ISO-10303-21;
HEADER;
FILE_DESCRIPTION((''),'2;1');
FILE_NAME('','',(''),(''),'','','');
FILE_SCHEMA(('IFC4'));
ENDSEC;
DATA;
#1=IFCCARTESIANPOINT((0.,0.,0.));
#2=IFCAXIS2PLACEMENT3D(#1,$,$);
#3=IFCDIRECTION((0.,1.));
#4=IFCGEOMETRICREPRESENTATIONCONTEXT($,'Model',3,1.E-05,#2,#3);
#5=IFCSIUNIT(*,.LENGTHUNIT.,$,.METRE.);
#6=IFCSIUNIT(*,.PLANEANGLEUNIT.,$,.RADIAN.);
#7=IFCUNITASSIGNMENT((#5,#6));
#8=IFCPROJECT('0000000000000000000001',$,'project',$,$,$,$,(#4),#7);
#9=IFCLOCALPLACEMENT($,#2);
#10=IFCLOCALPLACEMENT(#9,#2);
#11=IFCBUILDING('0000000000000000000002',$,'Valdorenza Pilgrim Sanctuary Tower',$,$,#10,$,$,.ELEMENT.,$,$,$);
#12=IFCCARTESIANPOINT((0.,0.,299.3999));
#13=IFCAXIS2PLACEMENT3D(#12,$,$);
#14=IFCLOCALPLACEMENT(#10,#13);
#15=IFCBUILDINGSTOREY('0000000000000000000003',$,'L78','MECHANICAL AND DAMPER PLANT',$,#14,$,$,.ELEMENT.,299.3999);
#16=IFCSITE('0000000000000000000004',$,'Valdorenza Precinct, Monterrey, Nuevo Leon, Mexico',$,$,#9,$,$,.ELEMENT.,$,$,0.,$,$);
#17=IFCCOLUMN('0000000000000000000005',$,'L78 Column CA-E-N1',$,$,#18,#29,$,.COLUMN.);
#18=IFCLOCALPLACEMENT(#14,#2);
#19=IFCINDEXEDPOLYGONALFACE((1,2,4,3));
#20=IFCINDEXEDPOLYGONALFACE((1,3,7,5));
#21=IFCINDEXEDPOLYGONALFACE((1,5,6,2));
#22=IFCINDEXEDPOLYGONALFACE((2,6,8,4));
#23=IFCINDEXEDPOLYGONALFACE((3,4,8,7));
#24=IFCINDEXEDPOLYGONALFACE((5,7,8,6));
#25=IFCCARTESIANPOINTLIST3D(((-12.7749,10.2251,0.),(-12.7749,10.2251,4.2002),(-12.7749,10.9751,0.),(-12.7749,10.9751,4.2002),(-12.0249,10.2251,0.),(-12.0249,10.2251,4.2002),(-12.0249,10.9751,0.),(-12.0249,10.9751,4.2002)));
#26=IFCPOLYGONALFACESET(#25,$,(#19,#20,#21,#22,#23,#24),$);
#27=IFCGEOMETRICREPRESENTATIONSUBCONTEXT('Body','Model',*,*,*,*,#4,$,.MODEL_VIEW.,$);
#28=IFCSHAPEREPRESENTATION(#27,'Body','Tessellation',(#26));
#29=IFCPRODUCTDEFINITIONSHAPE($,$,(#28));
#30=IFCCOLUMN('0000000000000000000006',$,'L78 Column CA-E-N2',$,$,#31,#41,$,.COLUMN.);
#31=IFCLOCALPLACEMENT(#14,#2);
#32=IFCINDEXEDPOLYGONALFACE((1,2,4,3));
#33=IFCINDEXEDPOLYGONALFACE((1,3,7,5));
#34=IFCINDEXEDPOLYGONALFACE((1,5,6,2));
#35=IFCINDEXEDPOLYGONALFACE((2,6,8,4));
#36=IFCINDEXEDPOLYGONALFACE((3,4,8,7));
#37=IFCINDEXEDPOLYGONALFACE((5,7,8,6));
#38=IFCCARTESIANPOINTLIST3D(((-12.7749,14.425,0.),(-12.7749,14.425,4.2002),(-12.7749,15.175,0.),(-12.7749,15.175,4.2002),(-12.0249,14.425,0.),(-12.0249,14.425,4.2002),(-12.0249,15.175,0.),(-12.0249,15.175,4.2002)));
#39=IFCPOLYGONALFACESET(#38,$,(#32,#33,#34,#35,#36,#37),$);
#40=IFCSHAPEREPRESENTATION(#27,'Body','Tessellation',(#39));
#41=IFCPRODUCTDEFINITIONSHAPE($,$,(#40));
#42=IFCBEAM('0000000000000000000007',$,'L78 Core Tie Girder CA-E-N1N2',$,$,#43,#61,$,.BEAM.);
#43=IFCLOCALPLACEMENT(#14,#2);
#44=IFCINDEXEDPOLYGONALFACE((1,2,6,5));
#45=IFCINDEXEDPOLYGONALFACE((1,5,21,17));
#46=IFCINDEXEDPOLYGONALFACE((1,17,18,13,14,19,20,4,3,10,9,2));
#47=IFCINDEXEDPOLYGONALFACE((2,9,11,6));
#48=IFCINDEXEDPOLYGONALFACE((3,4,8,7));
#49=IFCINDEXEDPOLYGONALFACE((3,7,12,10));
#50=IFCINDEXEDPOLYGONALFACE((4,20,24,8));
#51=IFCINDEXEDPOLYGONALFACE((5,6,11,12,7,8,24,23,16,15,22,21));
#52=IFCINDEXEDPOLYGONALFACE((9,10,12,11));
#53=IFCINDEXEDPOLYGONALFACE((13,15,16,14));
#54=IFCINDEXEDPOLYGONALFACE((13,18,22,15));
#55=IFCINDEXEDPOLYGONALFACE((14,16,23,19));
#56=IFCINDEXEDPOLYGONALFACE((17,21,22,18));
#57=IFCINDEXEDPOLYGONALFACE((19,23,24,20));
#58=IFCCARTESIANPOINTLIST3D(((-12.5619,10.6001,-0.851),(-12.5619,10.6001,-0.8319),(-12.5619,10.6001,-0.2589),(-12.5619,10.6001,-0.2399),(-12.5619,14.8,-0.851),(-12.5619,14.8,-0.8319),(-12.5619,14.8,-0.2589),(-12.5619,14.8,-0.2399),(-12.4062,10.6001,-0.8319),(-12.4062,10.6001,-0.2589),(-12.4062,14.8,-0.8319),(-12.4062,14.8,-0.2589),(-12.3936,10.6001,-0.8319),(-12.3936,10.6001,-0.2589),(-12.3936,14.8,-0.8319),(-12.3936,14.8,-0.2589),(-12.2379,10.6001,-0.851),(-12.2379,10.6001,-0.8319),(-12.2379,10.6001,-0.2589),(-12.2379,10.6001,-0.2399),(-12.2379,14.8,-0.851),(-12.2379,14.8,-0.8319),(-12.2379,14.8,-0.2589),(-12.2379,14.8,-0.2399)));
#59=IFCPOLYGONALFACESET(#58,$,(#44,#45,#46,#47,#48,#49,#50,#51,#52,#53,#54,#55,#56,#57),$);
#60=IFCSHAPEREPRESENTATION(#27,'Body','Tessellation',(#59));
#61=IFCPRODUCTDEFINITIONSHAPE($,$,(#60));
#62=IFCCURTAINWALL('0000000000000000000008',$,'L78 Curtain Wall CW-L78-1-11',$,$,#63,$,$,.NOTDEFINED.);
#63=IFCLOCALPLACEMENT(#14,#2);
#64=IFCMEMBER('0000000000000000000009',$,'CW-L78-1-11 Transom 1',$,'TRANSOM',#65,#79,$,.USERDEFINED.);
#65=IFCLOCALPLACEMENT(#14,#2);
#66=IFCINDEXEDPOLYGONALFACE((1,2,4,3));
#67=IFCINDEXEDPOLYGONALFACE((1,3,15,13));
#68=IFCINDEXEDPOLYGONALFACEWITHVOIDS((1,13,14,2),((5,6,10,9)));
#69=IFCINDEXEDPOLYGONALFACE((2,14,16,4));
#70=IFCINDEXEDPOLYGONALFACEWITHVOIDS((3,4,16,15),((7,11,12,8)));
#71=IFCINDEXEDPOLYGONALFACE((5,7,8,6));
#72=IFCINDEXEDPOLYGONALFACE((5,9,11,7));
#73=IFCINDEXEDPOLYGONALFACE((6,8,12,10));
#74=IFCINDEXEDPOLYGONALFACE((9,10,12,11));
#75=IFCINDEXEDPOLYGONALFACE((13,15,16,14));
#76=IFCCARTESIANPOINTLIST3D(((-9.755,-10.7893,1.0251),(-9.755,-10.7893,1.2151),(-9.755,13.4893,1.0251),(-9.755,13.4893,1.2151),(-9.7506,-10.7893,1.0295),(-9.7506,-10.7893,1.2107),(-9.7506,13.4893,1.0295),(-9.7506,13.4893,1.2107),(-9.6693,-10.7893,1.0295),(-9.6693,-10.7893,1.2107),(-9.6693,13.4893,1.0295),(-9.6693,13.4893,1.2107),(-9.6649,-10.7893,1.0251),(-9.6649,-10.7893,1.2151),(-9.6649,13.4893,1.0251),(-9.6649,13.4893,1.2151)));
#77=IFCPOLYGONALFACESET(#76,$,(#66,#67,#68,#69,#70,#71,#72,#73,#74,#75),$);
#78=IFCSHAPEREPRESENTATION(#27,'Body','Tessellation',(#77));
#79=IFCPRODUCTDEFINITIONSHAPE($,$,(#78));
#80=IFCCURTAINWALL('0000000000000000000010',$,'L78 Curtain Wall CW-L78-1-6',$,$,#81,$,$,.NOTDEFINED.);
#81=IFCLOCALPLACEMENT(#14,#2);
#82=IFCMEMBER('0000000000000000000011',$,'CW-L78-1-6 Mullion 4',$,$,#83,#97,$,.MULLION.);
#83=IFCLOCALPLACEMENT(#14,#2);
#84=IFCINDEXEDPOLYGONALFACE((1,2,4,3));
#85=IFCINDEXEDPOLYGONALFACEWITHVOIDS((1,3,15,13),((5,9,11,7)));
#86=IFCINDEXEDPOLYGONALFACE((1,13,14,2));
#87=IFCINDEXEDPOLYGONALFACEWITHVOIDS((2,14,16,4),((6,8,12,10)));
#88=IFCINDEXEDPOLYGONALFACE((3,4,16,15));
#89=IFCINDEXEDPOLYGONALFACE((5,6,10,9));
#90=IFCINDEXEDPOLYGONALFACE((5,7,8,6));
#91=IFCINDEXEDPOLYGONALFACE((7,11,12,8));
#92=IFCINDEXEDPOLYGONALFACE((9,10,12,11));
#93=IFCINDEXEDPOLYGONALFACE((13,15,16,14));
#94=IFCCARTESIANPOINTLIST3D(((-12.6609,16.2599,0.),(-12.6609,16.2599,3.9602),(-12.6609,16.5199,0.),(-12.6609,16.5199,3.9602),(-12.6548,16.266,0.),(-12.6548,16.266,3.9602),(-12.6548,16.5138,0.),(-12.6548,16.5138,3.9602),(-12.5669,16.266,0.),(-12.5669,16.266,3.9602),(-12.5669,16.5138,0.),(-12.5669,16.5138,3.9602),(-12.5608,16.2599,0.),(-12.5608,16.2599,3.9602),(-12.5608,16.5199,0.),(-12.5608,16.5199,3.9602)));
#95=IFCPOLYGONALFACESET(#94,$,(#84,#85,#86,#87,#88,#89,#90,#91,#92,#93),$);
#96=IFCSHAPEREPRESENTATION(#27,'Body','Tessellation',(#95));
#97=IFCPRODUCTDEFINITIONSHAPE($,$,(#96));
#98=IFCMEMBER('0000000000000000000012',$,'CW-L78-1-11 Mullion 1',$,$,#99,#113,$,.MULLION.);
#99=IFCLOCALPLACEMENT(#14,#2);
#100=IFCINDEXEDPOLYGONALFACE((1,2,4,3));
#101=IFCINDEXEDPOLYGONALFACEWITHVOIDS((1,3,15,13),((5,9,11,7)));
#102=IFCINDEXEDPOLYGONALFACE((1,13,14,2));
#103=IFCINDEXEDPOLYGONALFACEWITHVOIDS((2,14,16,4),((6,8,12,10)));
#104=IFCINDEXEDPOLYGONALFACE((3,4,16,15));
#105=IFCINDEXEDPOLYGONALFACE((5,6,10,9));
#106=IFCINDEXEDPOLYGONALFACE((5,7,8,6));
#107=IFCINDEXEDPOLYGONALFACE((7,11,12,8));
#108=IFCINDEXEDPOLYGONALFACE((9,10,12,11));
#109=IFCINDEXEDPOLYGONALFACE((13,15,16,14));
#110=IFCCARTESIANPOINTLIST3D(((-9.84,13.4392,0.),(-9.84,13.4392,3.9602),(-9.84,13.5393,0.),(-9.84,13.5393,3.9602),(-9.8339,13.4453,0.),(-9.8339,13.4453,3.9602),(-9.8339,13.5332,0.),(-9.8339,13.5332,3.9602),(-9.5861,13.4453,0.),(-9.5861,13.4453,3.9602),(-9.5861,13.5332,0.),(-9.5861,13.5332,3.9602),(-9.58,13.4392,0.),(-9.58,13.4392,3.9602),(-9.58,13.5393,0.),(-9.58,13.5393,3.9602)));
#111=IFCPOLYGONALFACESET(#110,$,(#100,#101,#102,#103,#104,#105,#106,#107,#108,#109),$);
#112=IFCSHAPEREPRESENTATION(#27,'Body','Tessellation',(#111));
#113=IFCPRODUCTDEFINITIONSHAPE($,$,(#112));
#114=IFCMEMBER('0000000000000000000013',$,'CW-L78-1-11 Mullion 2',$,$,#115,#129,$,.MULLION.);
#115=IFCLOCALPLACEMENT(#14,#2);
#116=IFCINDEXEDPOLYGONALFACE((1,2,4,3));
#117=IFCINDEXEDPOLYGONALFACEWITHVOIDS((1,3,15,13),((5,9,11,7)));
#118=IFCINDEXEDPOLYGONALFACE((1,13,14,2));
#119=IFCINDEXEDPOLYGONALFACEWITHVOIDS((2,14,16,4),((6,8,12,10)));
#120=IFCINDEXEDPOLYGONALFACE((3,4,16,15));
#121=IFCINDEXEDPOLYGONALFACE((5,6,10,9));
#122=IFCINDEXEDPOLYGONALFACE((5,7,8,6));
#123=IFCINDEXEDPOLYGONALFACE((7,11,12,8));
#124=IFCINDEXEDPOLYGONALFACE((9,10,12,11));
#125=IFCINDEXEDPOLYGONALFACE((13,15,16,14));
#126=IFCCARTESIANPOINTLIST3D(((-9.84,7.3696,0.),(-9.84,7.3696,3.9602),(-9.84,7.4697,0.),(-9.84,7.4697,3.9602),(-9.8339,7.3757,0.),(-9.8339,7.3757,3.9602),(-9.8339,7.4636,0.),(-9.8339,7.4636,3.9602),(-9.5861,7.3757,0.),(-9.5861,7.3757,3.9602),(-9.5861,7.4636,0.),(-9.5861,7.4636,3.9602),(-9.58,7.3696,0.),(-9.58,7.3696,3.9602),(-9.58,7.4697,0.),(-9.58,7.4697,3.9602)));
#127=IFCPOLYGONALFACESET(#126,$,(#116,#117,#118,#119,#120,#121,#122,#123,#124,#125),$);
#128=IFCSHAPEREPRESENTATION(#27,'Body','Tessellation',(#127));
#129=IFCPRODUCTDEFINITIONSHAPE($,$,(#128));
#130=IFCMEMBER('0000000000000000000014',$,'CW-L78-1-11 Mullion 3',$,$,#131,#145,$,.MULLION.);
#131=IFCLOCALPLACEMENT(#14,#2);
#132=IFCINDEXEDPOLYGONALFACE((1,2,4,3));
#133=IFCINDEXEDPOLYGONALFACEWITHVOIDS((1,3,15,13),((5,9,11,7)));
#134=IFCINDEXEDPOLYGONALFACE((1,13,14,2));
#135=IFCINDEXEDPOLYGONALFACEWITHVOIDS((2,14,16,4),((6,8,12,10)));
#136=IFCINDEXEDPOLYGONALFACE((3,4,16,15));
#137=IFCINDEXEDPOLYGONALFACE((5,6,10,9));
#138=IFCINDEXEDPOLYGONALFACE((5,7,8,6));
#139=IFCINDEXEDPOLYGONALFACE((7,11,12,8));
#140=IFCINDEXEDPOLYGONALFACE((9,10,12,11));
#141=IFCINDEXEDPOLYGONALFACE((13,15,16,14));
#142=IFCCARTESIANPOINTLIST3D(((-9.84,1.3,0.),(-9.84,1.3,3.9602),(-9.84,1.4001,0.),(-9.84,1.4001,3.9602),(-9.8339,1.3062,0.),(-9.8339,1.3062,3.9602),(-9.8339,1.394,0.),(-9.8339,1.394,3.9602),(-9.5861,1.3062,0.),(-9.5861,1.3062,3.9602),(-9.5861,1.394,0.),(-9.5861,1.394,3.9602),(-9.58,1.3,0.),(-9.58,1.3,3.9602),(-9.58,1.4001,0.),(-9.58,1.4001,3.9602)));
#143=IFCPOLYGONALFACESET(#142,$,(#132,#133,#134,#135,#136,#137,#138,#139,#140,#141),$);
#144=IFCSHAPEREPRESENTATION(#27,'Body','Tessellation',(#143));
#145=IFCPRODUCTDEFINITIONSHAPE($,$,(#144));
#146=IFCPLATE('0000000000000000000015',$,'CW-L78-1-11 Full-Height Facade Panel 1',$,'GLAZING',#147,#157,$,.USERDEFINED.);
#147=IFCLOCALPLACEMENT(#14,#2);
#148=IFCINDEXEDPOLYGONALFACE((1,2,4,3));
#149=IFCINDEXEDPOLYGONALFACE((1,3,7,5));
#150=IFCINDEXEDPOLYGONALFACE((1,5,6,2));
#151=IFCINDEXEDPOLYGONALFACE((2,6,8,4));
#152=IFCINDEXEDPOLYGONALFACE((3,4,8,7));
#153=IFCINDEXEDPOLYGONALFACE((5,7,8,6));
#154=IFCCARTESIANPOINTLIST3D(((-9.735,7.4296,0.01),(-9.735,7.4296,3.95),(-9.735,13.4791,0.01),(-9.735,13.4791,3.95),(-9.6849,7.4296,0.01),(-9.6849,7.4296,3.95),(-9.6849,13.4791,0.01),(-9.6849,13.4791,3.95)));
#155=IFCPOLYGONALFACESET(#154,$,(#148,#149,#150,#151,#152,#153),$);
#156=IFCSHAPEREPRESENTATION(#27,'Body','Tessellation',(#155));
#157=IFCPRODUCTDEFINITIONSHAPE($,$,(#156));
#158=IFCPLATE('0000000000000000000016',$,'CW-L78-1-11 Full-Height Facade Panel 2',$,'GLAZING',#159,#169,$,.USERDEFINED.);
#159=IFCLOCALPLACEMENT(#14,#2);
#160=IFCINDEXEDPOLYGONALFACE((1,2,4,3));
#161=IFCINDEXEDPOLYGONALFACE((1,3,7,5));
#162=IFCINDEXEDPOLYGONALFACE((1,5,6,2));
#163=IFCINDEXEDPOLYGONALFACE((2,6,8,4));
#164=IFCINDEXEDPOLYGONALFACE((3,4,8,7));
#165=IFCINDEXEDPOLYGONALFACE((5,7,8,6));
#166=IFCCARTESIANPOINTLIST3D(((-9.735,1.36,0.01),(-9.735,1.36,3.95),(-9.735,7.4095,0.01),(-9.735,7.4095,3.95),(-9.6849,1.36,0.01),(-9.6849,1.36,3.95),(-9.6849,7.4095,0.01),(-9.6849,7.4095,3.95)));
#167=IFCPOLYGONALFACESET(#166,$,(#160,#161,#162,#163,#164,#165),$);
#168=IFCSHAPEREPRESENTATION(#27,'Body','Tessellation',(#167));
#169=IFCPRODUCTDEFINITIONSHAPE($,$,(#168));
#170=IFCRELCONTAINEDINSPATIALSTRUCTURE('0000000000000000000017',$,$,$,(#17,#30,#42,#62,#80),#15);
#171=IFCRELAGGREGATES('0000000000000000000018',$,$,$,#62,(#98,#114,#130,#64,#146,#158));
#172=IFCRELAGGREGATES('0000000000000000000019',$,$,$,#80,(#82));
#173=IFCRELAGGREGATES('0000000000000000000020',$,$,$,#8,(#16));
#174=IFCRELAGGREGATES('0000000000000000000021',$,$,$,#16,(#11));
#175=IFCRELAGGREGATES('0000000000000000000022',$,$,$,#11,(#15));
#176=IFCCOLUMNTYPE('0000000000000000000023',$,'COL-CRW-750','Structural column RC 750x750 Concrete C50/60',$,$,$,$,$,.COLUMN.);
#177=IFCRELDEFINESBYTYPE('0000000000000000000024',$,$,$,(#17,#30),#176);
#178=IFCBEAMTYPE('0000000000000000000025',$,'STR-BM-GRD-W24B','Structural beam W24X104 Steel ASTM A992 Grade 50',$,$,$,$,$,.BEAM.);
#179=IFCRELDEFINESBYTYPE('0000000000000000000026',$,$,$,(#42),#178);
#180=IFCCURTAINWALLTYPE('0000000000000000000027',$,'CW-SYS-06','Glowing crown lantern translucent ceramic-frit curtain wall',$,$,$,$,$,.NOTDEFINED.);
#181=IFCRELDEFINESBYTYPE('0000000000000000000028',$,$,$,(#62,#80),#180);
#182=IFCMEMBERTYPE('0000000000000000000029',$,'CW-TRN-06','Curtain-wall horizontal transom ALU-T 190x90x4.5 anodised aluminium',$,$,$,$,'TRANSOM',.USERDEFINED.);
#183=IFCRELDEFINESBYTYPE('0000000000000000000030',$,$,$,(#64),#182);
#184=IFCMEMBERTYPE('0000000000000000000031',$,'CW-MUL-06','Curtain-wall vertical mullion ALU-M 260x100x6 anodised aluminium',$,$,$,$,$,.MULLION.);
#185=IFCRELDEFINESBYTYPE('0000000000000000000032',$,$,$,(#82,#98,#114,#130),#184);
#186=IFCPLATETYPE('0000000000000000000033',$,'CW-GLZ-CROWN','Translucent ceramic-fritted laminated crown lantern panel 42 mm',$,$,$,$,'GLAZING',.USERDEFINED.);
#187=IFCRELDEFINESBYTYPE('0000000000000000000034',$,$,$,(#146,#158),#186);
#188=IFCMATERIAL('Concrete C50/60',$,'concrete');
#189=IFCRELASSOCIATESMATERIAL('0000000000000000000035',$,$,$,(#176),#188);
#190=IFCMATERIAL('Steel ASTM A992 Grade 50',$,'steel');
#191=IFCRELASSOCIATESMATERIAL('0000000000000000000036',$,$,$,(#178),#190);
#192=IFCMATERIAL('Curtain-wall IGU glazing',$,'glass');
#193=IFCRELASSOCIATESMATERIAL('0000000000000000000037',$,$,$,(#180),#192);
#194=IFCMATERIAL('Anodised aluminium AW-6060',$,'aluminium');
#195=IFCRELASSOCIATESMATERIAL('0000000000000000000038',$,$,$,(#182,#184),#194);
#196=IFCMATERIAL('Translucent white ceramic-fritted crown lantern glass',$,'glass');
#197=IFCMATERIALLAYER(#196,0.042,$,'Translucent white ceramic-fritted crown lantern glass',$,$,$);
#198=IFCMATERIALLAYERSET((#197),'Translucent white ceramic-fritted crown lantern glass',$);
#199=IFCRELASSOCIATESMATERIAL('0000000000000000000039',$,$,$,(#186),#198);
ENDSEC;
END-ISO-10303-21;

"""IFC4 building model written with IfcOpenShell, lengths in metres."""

from ifc_helpers import new_model, si_unit, direction, frame, origin, origin_2d, place, context, subcontext, project, spatial, rectangle, hollow_rectangle, i_section, extrude, source, transform, mapped, material, layer, layer_set, material_profile, profile_set, type_object, element, aggregate, save


model = new_model("IFC4")

# Units and contexts
model_context = context("Model", 3, precision=1e-05, world=origin(), true_north=direction((0.0, 1.0)))
body_context = subcontext(model_context, "Body", "Model", "MODEL_VIEW")
ifc_project = project(units=[si_unit("LENGTHUNIT", "METRE"), si_unit("PLANEANGLEUNIT", "RADIAN")], contexts=[model_context])

# Site, building, storey
site_placement = place(None, origin())
site = spatial("IfcSite", under=ifc_project, at=site_placement, Name="Valdorenza Precinct, Monterrey, Nuevo Leon, Mexico", CompositionType="ELEMENT", RefElevation=0.0)
building_placement = place(site_placement, origin())
building = spatial("IfcBuilding", under=site, at=building_placement, Name="Valdorenza Pilgrim Sanctuary Tower", CompositionType="ELEMENT")
storey_placement = place(building_placement, frame((0.0, 0.0, 299.3999)))
storey = spatial("IfcBuildingStorey", under=building, at=storey_placement, Name="L78", Description="MECHANICAL AND DAMPER PLANT", CompositionType="ELEMENT", Elevation=299.3999)

# Columns
ifc_material_1 = material(Name="Concrete C50/60", Category="concrete")
ifc_material_profile_1 = material_profile(ifc_material_1, rectangle(XDim=0.75, YDim=0.75, at=origin_2d()), Name="RC 750x750")
ifc_profile_set_1 = profile_set([ifc_material_profile_1], Name="Concrete C50/60")
column_type = type_object("IfcColumnType", Name="COL-CRW-750", Description="Structural column RC 750x750 Concrete C50/60", PredefinedType="COLUMN", material=ifc_profile_set_1)
shared_shape_1 = source(origin(), body_context, "Body", "SweptSolid", [
    extrude(rectangle(XDim=0.75, YDim=0.75, at=origin_2d()), origin(), (0.0, 0.0, 1.0), 4.2002),
])
for number, where, z_axis, x_axis, name in (
    (1, (-12.3999, 10.6001, 0.0), (0.0, 0.0, 1.0), (1.0, 0.0, 0.0), "L78 Column CA-E-N1"),
    (2, (-12.3999, 14.8, 0.0), (0.0, 0.0, 1.0), (1.0, 0.0, 0.0), "L78 Column CA-E-N2"),
):
    element("IfcColumn", number, at=place(storey_placement, frame(where, z_axis=z_axis, x_axis=x_axis)), inside=storey, type_object=column_type, Name=name, PredefinedType="COLUMN", context=body_context, shape_type="MappedRepresentation", body=[
        mapped(shared_shape_1, transform((0.0, 0.0, 0.0), x_axis=(1.0, 0.0, 0.0), y_axis=(0.0, 1.0, 0.0), z_axis=(0.0, 0.0, 1.0), scale=1.0)),
    ])

# Beam
ifc_material_2 = material(Name="Steel ASTM A992 Grade 50", Category="steel")
ifc_material_profile_2 = material_profile(ifc_material_2, i_section(OverallWidth=0.324, OverallDepth=0.6111, WebThickness=0.0127, FlangeThickness=0.019, at=origin_2d()), Name="W24X104")
ifc_profile_set_2 = profile_set([ifc_material_profile_2], Name="Steel ASTM A992 Grade 50")
beam_type = type_object("IfcBeamType", Name="STR-BM-GRD-W24B", Description="Structural beam W24X104 Steel ASTM A992 Grade 50", PredefinedType="BEAM", material=ifc_profile_set_2)
shared_shape_2 = source(origin(), body_context, "Body", "SweptSolid", [
    extrude(i_section(OverallWidth=0.324, OverallDepth=0.6111, WebThickness=0.0127, FlangeThickness=0.019, at=origin_2d()), origin(), (0.0, 0.0, 1.0), 4.2),
])
beam_placement = place(storey_placement, frame((-12.3999, 10.6001, -0.5454), z_axis=(0.0, 1.0, 0.0), x_axis=(-1.0, 0.0, 0.0)))
element("IfcBeam", 3, at=beam_placement, inside=storey, type_object=beam_type, Name="L78 Core Tie Girder CA-E-N1N2", PredefinedType="BEAM", context=body_context, shape_type="MappedRepresentation", body=[
    mapped(shared_shape_2, transform((0.0, 0.0, 0.0), x_axis=(1.0, 0.0, 0.0), y_axis=(0.0, 1.0, 0.0), z_axis=(0.0, 0.0, 1.0), scale=1.0)),
])

# Curtain walls, members
ifc_material_3 = material(Name="Curtain-wall IGU glazing", Category="glass")
curtain_wall_type = type_object("IfcCurtainWallType", Name="CW-SYS-06", Description="Glowing crown lantern translucent ceramic-frit curtain wall", PredefinedType="NOTDEFINED", material=ifc_material_3)
curtain_wall_1_placement = place(storey_placement, origin())
curtain_wall_1 = element("IfcCurtainWall", 4, at=curtain_wall_1_placement, inside=storey, type_object=curtain_wall_type, Name="L78 Curtain Wall CW-L78-1-11", PredefinedType="NOTDEFINED")
ifc_material_4 = material(Name="Anodised aluminium AW-6060", Category="aluminium")
ifc_material_profile_3 = material_profile(ifc_material_4, hollow_rectangle(XDim=0.0901, YDim=0.1899, WallThickness=0.0044, at=origin_2d()), Name="ALU-T 190x90x4.5")
ifc_profile_set_3 = profile_set([ifc_material_profile_3], Name="Anodised aluminium AW-6060")
member_type_1 = type_object("IfcMemberType", Name="CW-TRN-06", Description="Curtain-wall horizontal transom ALU-T 190x90x4.5 anodised aluminium", ElementType="TRANSOM", PredefinedType="USERDEFINED", material=ifc_profile_set_3)
shared_shape_3 = source(origin(), body_context, "Body", "SweptSolid", [
    extrude(hollow_rectangle(XDim=0.0901, YDim=0.1899, WallThickness=0.0044, at=origin_2d()), origin(), (0.0, 0.0, 1.0), 24.2786),
])
member_1_placement = place(storey_placement, frame((-9.71, 13.4893, 1.1201), z_axis=(0.0, -1.0, 0.0), x_axis=(1.0, 0.0, 0.0)))
member_1 = element("IfcMember", 5, at=member_1_placement, type_object=member_type_1, Name="CW-L78-1-11 Transom 1", ObjectType="TRANSOM", PredefinedType="USERDEFINED", context=body_context, shape_type="MappedRepresentation", body=[
    mapped(shared_shape_3, transform((0.0, 0.0, 0.0), x_axis=(1.0, 0.0, 0.0), y_axis=(0.0, 1.0, 0.0), z_axis=(0.0, 0.0, 1.0), scale=1.0)),
])
curtain_wall_2_placement = place(storey_placement, origin())
curtain_wall_2 = element("IfcCurtainWall", 6, at=curtain_wall_2_placement, inside=storey, type_object=curtain_wall_type, Name="L78 Curtain Wall CW-L78-1-6", PredefinedType="NOTDEFINED")
ifc_material_profile_4 = material_profile(ifc_material_4, hollow_rectangle(XDim=0.1001, YDim=0.26, WallThickness=0.0061, at=origin_2d()), Name="ALU-M 260x100x6")
ifc_profile_set_4 = profile_set([ifc_material_profile_4], Name="Anodised aluminium AW-6060")
member_type_2 = type_object("IfcMemberType", Name="CW-MUL-06", Description="Curtain-wall vertical mullion ALU-M 260x100x6 anodised aluminium", PredefinedType="MULLION", material=ifc_profile_set_4)
shared_shape_4 = source(origin(), body_context, "Body", "SweptSolid", [
    extrude(hollow_rectangle(XDim=0.1001, YDim=0.26, WallThickness=0.0061, at=origin_2d()), origin(), (0.0, 0.0, 1.0), 3.9602),
])
member_2_placement = place(storey_placement, frame((-12.6108, 16.3899, 0.0), z_axis=(0.0, 0.0, 1.0), x_axis=(1.0, 0.0, 0.0)))
member_2 = element("IfcMember", 7, at=member_2_placement, type_object=member_type_2, Name="CW-L78-1-6 Mullion 4", PredefinedType="MULLION", context=body_context, shape_type="MappedRepresentation", body=[
    mapped(shared_shape_4, transform((0.0, 0.0, 0.0), x_axis=(1.0, 0.0, 0.0), y_axis=(0.0, 1.0, 0.0), z_axis=(0.0, 0.0, 1.0), scale=1.0)),
])

# Members
member_3_placement = place(storey_placement, frame((-9.71, 13.4893, 0.0), z_axis=(0.0, 0.0, 1.0), x_axis=(0.0, -1.0, 0.0)))
member_3 = element("IfcMember", 8, at=member_3_placement, type_object=member_type_2, Name="CW-L78-1-11 Mullion 1", PredefinedType="MULLION", context=body_context, shape_type="MappedRepresentation", body=[
    mapped(shared_shape_4, transform((0.0, 0.0, 0.0), x_axis=(1.0, 0.0, 0.0), y_axis=(0.0, 1.0, 0.0), z_axis=(0.0, 0.0, 1.0), scale=1.0)),
])
member_4_placement = place(storey_placement, frame((-9.71, 7.4197, 0.0), z_axis=(0.0, 0.0, 1.0), x_axis=(0.0, -1.0, 0.0)))
member_4 = element("IfcMember", 9, at=member_4_placement, type_object=member_type_2, Name="CW-L78-1-11 Mullion 2", PredefinedType="MULLION", context=body_context, shape_type="MappedRepresentation", body=[
    mapped(shared_shape_4, transform((0.0, 0.0, 0.0), x_axis=(1.0, 0.0, 0.0), y_axis=(0.0, 1.0, 0.0), z_axis=(0.0, 0.0, 1.0), scale=1.0)),
])
member_5_placement = place(storey_placement, frame((-9.71, 1.3501, 0.0), z_axis=(0.0, 0.0, 1.0), x_axis=(0.0, -1.0, 0.0)))
member_5 = element("IfcMember", 10, at=member_5_placement, type_object=member_type_2, Name="CW-L78-1-11 Mullion 3", PredefinedType="MULLION", context=body_context, shape_type="MappedRepresentation", body=[
    mapped(shared_shape_4, transform((0.0, 0.0, 0.0), x_axis=(1.0, 0.0, 0.0), y_axis=(0.0, 1.0, 0.0), z_axis=(0.0, 0.0, 1.0), scale=1.0)),
])

# Plates
ifc_material_5 = material(Name="Translucent white ceramic-fritted crown lantern glass", Category="glass")
ifc_layer_1 = layer(ifc_material_5, 0.042, Name="Translucent white ceramic-fritted crown lantern glass")
ifc_layer_set_1 = layer_set([ifc_layer_1], Name="Translucent white ceramic-fritted crown lantern glass")
plate_type = type_object("IfcPlateType", Name="CW-GLZ-CROWN", Description="Translucent ceramic-fritted laminated crown lantern panel 42 mm", ElementType="GLAZING", PredefinedType="USERDEFINED", material=ifc_layer_set_1)
shared_shape_5 = source(origin(), body_context, "Body", "SweptSolid", [
    extrude(rectangle(XDim=6.0496, YDim=0.05, at=origin_2d()), origin(), (0.0, 0.0, 1.0), 3.9399),
])
plate_1_placement = place(storey_placement, frame((-9.71, 10.4543, 0.01), z_axis=(0.0, 0.0, 1.0), x_axis=(0.0, -1.0, 0.0)))
plate_1 = element("IfcPlate", 11, at=plate_1_placement, type_object=plate_type, Name="CW-L78-1-11 Full-Height Facade Panel 1", ObjectType="GLAZING", PredefinedType="USERDEFINED", context=body_context, shape_type="MappedRepresentation", body=[
    mapped(shared_shape_5, transform((0.0, 0.0, 0.0), x_axis=(1.0, 0.0, 0.0), y_axis=(0.0, 1.0, 0.0), z_axis=(0.0, 0.0, 1.0), scale=1.0)),
])
plate_2_placement = place(storey_placement, frame((-9.71, 4.3848, 0.01), z_axis=(0.0, 0.0, 1.0), x_axis=(0.0, -1.0, 0.0)))
plate_2 = element("IfcPlate", 12, at=plate_2_placement, type_object=plate_type, Name="CW-L78-1-11 Full-Height Facade Panel 2", ObjectType="GLAZING", PredefinedType="USERDEFINED", context=body_context, shape_type="MappedRepresentation", body=[
    mapped(shared_shape_5, transform((0.0, 0.0, 0.0), x_axis=(1.0, 0.0, 0.0), y_axis=(0.0, 1.0, 0.0), z_axis=(0.0, 0.0, 1.0), scale=1.0)),
])
aggregate(curtain_wall_1, [member_3, member_4, member_5, member_1, plate_1, plate_2])
aggregate(curtain_wall_2, [member_2])

save(model, "model.ifc")
